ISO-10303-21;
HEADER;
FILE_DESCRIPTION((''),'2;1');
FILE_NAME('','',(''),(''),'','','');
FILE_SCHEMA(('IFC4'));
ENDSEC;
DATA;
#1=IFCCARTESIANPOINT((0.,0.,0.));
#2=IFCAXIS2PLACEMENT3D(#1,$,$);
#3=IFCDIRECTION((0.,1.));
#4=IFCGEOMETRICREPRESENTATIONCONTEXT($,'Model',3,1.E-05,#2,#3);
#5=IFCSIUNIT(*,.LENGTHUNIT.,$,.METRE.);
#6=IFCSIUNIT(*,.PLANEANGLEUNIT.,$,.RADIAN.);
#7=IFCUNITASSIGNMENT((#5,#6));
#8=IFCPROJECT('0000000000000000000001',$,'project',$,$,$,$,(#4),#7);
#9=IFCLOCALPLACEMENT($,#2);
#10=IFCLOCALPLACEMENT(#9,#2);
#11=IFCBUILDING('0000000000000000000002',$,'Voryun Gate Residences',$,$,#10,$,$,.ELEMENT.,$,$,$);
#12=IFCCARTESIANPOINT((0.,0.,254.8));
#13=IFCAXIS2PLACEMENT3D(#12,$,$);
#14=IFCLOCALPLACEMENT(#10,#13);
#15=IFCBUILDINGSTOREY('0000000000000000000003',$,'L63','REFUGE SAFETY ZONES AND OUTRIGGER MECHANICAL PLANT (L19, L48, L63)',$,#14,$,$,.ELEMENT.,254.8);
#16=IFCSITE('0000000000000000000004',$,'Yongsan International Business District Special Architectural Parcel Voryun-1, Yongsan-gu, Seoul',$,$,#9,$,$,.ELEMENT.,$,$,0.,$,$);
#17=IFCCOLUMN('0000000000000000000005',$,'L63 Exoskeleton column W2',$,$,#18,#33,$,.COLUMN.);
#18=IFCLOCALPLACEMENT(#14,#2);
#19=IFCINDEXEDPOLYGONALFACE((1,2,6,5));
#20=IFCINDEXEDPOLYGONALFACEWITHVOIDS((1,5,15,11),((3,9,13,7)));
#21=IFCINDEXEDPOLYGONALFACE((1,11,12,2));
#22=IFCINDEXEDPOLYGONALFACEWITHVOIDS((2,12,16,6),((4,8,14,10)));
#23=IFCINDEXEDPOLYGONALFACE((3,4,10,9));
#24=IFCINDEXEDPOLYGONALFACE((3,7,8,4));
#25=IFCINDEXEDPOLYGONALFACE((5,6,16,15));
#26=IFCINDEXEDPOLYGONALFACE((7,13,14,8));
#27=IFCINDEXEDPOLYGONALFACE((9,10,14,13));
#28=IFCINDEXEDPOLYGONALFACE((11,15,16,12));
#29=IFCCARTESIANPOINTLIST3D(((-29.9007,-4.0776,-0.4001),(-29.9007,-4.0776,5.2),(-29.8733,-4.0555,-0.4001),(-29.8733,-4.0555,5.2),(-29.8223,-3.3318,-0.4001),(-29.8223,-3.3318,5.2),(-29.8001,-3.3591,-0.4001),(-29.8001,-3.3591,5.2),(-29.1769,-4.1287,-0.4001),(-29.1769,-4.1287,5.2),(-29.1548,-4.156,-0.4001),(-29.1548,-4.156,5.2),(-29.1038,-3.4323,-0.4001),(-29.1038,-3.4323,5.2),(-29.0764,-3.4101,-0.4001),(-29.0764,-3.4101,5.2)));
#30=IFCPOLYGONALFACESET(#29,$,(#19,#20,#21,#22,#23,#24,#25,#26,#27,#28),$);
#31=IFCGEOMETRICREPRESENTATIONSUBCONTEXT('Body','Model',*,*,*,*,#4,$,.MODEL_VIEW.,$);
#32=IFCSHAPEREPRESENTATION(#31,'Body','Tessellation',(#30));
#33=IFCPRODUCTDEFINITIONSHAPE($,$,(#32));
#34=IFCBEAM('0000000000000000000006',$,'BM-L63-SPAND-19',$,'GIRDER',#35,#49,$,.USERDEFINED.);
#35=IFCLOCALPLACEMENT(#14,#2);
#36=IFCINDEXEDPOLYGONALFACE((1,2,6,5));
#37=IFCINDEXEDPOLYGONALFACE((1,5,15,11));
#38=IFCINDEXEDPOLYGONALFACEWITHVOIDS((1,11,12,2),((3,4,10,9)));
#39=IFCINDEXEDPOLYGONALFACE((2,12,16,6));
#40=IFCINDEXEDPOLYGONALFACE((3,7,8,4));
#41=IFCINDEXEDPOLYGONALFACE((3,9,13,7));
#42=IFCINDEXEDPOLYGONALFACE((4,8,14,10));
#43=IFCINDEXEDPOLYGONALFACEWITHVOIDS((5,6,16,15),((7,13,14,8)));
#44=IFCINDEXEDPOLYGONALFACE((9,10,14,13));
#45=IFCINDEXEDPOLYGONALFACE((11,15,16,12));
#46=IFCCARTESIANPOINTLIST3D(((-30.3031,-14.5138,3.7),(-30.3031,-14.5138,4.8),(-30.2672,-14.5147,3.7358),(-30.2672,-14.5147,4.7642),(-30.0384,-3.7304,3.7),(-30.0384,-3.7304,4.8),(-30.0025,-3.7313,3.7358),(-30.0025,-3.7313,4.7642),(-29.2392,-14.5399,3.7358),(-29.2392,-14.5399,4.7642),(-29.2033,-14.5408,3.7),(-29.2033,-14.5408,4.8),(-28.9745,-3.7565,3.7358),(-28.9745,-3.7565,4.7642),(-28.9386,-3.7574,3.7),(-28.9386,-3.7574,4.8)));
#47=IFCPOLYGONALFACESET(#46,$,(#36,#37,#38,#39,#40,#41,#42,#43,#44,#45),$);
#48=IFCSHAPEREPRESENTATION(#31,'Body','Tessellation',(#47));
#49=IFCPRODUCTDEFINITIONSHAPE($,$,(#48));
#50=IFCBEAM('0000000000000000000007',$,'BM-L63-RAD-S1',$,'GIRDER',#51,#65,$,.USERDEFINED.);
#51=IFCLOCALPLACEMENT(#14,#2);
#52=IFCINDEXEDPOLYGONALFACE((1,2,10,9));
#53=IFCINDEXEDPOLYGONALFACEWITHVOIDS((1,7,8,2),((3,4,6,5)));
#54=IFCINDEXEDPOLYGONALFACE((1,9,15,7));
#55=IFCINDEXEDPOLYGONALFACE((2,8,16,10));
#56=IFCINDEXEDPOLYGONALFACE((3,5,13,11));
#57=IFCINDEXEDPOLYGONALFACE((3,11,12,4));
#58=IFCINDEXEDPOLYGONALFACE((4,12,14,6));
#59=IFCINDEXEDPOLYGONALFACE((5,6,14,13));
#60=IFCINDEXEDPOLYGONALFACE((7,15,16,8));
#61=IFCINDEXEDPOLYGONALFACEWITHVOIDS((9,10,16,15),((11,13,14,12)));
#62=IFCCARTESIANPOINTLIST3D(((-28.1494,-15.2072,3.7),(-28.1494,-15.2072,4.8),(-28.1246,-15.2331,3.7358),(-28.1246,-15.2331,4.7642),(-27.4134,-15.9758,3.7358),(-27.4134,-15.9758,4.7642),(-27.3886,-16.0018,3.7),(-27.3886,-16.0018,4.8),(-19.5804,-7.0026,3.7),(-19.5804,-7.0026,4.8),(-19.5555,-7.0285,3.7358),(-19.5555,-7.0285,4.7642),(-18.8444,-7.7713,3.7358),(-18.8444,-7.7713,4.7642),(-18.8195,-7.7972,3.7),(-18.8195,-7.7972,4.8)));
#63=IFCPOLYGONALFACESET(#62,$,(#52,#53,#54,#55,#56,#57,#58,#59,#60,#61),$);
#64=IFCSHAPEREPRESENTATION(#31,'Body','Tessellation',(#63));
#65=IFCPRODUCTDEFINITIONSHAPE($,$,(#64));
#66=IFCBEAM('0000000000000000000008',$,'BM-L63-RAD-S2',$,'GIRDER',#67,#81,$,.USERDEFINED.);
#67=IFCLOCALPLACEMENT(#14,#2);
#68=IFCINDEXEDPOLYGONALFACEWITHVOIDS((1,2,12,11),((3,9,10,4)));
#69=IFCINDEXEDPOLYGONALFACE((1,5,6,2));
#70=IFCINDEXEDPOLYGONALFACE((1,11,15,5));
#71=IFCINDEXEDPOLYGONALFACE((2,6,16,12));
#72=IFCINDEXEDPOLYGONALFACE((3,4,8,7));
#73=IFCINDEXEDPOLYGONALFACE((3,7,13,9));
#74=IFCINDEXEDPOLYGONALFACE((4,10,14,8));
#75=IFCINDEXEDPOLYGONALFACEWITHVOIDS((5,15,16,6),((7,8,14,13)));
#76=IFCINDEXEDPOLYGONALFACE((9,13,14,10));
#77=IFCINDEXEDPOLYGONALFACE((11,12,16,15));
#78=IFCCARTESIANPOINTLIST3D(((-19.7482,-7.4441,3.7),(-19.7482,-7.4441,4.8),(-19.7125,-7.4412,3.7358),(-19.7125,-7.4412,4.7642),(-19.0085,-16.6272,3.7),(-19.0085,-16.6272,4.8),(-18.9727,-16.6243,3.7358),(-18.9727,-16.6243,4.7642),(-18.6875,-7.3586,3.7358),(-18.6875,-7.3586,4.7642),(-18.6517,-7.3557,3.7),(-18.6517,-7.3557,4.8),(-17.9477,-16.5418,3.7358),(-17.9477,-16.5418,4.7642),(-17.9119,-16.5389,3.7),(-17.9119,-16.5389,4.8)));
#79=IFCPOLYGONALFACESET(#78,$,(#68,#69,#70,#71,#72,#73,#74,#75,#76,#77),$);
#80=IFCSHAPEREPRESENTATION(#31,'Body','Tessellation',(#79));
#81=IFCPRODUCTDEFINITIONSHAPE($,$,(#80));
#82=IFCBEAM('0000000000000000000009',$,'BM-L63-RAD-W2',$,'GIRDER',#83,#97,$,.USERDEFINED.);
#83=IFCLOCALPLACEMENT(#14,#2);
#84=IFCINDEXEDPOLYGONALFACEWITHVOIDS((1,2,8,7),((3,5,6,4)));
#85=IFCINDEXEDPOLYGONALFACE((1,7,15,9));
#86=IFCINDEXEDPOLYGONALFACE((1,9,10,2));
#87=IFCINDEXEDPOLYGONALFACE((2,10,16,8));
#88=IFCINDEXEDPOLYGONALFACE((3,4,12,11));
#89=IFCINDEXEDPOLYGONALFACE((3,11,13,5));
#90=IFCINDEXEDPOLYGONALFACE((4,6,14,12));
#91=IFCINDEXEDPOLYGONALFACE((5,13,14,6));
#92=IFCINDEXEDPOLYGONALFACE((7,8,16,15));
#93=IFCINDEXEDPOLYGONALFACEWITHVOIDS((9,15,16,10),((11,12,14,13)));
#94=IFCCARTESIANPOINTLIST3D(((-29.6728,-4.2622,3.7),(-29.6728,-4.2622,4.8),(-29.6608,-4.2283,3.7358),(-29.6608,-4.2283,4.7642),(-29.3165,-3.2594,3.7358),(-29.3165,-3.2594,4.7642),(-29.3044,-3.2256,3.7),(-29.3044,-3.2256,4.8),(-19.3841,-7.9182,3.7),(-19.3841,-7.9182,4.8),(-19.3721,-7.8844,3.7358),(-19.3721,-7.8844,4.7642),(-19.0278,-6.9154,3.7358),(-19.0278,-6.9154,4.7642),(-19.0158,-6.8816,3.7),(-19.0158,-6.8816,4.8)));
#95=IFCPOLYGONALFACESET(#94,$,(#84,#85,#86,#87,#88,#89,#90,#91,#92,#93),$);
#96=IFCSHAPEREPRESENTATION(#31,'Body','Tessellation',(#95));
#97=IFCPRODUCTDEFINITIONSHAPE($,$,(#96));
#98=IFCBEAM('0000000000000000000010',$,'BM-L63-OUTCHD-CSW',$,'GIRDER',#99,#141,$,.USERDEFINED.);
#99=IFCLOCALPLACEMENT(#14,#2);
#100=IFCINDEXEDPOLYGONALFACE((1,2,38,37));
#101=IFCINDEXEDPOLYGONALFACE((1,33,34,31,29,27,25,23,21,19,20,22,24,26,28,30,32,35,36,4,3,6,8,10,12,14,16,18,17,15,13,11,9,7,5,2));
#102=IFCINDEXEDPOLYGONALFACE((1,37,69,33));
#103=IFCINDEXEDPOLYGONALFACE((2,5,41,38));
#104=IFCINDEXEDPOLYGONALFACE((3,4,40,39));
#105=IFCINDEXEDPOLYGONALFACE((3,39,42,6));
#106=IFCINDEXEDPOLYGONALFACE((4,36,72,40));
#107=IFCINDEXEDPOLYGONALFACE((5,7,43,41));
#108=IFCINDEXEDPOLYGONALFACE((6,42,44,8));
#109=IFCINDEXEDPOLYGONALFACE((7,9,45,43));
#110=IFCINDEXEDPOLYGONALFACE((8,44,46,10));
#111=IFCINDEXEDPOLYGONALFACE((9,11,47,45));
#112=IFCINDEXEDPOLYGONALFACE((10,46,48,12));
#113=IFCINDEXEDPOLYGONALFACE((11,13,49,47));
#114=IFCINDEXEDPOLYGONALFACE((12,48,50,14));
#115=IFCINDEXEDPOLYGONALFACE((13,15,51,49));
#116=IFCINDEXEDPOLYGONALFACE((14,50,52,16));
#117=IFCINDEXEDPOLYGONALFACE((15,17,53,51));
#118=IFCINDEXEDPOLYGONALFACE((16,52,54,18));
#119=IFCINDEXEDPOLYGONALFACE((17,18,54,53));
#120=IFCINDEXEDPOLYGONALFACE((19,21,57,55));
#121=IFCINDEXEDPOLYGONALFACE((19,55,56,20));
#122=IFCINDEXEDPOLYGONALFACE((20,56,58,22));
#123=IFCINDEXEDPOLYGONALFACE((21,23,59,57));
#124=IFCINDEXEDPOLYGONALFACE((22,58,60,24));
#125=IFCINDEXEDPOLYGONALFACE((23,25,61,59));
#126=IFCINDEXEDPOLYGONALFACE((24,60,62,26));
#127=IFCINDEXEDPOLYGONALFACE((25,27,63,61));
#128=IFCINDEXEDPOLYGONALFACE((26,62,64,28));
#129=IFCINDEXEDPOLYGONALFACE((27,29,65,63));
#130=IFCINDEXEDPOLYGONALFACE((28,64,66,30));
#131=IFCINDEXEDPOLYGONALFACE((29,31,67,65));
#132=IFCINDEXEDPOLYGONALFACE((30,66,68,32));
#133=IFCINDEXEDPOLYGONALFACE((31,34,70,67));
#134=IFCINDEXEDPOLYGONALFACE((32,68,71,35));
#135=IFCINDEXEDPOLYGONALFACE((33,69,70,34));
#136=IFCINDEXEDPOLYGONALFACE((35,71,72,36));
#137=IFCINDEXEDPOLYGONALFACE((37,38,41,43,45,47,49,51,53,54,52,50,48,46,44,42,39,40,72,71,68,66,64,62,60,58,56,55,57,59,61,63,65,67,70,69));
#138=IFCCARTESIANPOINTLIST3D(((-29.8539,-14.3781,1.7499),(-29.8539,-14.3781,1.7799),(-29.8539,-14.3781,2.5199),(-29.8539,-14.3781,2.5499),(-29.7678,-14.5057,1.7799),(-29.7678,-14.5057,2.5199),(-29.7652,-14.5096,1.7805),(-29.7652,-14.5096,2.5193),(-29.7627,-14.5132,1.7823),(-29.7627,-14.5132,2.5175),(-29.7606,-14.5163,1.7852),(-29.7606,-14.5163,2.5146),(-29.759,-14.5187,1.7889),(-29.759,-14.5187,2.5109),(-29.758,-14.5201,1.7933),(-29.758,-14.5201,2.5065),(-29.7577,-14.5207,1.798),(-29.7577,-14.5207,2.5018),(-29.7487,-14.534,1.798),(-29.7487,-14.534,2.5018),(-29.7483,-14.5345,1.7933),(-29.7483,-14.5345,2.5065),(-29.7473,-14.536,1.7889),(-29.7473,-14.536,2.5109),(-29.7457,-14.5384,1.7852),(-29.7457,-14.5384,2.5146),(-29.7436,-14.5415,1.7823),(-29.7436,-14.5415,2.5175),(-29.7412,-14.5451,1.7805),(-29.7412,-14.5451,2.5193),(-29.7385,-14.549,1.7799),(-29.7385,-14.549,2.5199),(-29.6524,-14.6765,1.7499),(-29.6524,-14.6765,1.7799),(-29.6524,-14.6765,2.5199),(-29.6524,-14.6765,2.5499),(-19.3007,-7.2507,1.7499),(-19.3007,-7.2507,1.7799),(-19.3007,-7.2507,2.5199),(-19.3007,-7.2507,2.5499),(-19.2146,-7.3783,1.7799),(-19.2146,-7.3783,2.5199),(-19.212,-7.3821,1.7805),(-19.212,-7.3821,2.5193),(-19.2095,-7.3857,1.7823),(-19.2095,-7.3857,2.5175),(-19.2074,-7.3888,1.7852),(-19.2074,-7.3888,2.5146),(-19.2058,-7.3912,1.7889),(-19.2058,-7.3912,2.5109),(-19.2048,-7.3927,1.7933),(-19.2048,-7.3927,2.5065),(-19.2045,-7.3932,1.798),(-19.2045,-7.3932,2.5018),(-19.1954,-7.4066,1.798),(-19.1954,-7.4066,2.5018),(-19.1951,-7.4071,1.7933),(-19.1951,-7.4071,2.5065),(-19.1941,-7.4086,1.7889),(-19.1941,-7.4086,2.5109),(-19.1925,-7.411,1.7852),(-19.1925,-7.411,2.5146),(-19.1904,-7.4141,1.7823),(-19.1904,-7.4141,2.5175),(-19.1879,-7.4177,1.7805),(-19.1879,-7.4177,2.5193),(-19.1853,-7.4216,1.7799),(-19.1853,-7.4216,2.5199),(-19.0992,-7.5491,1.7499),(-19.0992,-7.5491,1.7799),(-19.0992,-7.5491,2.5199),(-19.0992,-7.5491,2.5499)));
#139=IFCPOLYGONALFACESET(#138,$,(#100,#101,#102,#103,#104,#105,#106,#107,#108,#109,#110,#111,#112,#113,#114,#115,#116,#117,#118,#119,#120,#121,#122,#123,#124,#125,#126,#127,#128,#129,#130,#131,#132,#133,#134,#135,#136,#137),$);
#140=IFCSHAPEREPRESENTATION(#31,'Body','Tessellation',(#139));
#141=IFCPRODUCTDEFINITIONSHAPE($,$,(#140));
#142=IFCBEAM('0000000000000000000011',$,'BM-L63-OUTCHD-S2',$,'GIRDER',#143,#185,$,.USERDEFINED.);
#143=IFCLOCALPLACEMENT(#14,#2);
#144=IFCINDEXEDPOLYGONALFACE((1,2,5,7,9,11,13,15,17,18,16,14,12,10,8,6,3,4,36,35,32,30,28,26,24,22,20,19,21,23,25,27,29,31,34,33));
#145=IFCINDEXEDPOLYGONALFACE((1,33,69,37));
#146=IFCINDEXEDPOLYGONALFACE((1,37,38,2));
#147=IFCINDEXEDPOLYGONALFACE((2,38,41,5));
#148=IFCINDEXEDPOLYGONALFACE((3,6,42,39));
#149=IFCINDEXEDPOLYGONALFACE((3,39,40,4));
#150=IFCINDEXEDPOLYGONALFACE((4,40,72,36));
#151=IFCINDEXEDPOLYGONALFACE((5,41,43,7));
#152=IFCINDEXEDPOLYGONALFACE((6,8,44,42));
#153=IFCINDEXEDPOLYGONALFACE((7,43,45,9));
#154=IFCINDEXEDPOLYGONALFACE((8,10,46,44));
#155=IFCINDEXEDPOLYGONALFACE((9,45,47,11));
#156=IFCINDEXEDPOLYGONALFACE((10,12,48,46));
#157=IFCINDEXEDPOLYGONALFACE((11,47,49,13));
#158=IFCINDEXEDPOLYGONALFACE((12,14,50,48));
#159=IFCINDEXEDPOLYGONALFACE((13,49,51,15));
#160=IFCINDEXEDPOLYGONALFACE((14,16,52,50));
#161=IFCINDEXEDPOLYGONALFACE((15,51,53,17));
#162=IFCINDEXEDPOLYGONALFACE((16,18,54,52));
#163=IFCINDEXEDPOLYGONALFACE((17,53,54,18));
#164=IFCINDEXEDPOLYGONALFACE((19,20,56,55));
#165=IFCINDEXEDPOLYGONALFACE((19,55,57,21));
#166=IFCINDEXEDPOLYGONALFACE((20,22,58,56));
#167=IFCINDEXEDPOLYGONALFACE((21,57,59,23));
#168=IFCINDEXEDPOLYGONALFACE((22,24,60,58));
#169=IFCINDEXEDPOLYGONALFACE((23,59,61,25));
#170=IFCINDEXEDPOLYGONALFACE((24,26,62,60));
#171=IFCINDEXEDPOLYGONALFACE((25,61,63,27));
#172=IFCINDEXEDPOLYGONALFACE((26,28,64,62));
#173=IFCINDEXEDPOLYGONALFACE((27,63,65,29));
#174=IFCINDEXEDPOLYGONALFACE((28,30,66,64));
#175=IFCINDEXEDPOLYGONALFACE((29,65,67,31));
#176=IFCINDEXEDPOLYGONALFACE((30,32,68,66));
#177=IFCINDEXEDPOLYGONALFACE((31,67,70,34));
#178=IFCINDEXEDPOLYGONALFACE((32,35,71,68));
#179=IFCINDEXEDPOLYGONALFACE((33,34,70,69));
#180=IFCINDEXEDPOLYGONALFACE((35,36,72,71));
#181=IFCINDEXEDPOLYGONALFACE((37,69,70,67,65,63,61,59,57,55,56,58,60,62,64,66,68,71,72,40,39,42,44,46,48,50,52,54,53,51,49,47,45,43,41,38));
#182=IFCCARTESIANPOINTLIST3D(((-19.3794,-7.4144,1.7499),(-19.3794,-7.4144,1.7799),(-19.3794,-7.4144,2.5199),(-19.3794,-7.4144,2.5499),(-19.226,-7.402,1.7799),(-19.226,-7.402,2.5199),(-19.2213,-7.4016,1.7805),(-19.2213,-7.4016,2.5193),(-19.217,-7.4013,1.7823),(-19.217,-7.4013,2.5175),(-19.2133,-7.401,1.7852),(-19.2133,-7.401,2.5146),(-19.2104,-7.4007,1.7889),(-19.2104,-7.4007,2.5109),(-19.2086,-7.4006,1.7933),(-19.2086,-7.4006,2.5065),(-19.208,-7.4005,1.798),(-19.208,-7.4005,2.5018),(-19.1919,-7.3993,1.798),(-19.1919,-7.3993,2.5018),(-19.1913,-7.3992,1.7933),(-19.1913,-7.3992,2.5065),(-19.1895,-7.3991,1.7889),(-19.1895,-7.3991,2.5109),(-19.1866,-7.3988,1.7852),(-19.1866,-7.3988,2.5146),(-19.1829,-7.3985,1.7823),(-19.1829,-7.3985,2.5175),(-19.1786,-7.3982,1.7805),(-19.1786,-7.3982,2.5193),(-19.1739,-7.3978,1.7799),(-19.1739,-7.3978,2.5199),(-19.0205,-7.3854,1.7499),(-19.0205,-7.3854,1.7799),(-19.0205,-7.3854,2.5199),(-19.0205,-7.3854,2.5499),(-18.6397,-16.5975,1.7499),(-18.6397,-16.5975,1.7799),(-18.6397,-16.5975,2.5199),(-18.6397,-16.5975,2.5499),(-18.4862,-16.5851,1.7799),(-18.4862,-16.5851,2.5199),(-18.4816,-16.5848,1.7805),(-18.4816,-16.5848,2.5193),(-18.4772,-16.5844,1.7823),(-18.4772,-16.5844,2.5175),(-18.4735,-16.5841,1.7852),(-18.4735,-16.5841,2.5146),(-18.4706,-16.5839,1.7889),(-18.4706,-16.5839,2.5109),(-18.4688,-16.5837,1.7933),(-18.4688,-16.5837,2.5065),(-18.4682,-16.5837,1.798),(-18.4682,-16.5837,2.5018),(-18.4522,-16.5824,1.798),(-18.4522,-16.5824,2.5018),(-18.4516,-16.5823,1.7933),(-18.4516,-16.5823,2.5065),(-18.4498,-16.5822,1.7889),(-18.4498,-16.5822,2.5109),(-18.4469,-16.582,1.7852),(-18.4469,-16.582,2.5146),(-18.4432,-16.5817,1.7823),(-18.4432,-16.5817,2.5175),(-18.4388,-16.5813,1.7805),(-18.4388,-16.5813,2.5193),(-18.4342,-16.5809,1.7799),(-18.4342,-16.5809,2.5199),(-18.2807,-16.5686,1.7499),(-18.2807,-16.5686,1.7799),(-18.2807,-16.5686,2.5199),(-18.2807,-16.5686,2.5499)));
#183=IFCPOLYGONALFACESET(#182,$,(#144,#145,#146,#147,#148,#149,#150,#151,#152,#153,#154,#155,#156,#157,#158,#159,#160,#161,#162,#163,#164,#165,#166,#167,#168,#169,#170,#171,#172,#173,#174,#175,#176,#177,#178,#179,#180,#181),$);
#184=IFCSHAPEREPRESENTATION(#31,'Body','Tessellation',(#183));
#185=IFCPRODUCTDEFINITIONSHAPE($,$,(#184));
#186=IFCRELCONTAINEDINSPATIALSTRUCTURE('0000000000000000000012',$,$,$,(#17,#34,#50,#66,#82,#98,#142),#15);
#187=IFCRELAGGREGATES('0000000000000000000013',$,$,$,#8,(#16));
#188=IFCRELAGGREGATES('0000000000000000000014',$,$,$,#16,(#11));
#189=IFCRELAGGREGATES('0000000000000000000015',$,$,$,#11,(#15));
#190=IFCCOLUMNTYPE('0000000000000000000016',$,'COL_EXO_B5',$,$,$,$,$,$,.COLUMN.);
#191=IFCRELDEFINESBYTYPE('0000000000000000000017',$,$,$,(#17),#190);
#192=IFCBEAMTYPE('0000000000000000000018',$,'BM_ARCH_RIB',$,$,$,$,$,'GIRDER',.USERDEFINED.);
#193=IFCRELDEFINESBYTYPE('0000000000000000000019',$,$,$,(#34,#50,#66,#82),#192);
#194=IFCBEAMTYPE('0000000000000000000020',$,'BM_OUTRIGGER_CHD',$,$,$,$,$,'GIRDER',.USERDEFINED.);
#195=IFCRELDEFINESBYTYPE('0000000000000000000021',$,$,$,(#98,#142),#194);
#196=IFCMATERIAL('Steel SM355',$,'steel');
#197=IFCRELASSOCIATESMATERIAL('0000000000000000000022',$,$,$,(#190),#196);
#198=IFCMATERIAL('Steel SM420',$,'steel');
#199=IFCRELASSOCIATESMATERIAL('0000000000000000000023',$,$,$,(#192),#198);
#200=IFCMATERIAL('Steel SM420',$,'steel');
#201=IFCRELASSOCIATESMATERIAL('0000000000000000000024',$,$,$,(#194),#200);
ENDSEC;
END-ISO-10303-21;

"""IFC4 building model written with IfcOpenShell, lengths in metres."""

from ifc_helpers import new_model, si_unit, direction, frame, origin, origin_2d, place, context, subcontext, project, spatial, hollow_rectangle, i_section, extrude, material, material_profile, profile_set, type_object, element, save


model = new_model("IFC4")

# Units and contexts
model_context = context("Model", 3, precision=1e-05, world=origin(), true_north=direction((0.0, 1.0)))
body_context = subcontext(model_context, "Body", "Model", "MODEL_VIEW")
ifc_project = project(units=[si_unit("LENGTHUNIT", "METRE"), si_unit("PLANEANGLEUNIT", "RADIAN")], contexts=[model_context])

# Site, building, storey
site_placement = place(None, origin())
site = spatial("IfcSite", under=ifc_project, at=site_placement, Name="Yongsan International Business District Special Architectural Parcel Voryun-1, Yongsan-gu, Seoul", CompositionType="ELEMENT", RefElevation=0.0)
building_placement = place(site_placement, origin())
building = spatial("IfcBuilding", under=site, at=building_placement, Name="Voryun Gate Residences", CompositionType="ELEMENT")
storey_placement = place(building_placement, frame((0.0, 0.0, 254.8)))
storey = spatial("IfcBuildingStorey", under=building, at=storey_placement, Name="L63", Description="REFUGE SAFETY ZONES AND OUTRIGGER MECHANICAL PLANT (L19, L48, L63)", CompositionType="ELEMENT", Elevation=254.8)

# Column
ifc_material_1 = material(Name="Steel SM355", Category="steel")
ifc_material_profile_1 = material_profile(ifc_material_1, hollow_rectangle(XDim=0.75, YDim=0.75, WallThickness=0.0249, at=origin_2d()), Name="BOX-750x750x25")
ifc_profile_set_1 = profile_set([ifc_material_profile_1], Name="Steel SM355")
column_type = type_object("IfcColumnType", Name="COL_EXO_B5", PredefinedType="COLUMN", material=ifc_profile_set_1)
column_placement = place(storey_placement, frame((-29.4885, -3.7439, -0.4001), z_axis=(0.0, 0.0, 1.0), x_axis=(0.994522, -0.104528, 0.0)))
element("IfcColumn", 1, at=column_placement, inside=storey, type_object=column_type, Name="L63 Exoskeleton column W2", PredefinedType="COLUMN", context=body_context, shape_type="SweptSolid", body=[
    extrude(hollow_rectangle(XDim=0.75, YDim=0.75, WallThickness=0.0249, at=origin_2d()), origin(), (0.0, 0.0, 1.0), 5.6001),
])

# Beams
ifc_material_2 = material(Name="Steel SM420", Category="steel")
ifc_material_profile_2 = material_profile(ifc_material_2, hollow_rectangle(XDim=1.1001, YDim=1.1001, WallThickness=0.0359, at=origin_2d()), Name="BOX-1100x1100x36")
ifc_profile_set_2 = profile_set([ifc_material_profile_2], Name="Steel SM420")
beam_type_1 = type_object("IfcBeamType", Name="BM_ARCH_RIB", ElementType="GIRDER", PredefinedType="USERDEFINED", material=ifc_profile_set_2)
beam_1_placement = place(storey_placement, frame((-29.4885, -3.7439, 4.25), z_axis=(-0.024535, -0.999699, 0.0), x_axis=(0.999699, -0.024535, 0.0)))
element("IfcBeam", 2, at=beam_1_placement, inside=storey, type_object=beam_type_1, Name="BM-L63-SPAND-19", ObjectType="GIRDER", PredefinedType="USERDEFINED", context=body_context, shape_type="SweptSolid", body=[
    extrude(hollow_rectangle(XDim=1.1001, YDim=1.1001, WallThickness=0.0359, at=origin_2d()), origin(), (0.0, 0.0, 1.0), 10.7866),
])
beam_2_placement = place(storey_placement, frame((-19.2, -7.3999, 4.25), z_axis=(-0.722302, -0.691578, 0.0), x_axis=(0.691578, -0.722302, 0.0)))
element("IfcBeam", 3, at=beam_2_placement, inside=storey, type_object=beam_type_1, Name="BM-L63-RAD-S1", ObjectType="GIRDER", PredefinedType="USERDEFINED", context=body_context, shape_type="SweptSolid", body=[
    extrude(hollow_rectangle(XDim=1.1001, YDim=1.1001, WallThickness=0.0359, at=origin_2d()), origin(), (0.0, 0.0, 1.0), 11.8635),
])
beam_3_placement = place(storey_placement, frame((-19.2, -7.3999, 4.25), z_axis=(0.080295, -0.996771, 0.0), x_axis=(0.996771, 0.080295, 0.0)))
element("IfcBeam", 4, at=beam_3_placement, inside=storey, type_object=beam_type_1, Name="BM-L63-RAD-S2", ObjectType="GIRDER", PredefinedType="USERDEFINED", context=body_context, shape_type="SweptSolid", body=[
    extrude(hollow_rectangle(XDim=1.1001, YDim=1.1001, WallThickness=0.0359, at=origin_2d()), origin(), (0.0, 0.0, 1.0), 9.2129),
])
beam_4_placement = place(storey_placement, frame((-19.2, -7.3999, 4.25), z_axis=(-0.942277, 0.334835, 0.0), x_axis=(-0.334835, -0.942277, 0.0)))
element("IfcBeam", 5, at=beam_4_placement, inside=storey, type_object=beam_type_1, Name="BM-L63-RAD-W2", ObjectType="GIRDER", PredefinedType="USERDEFINED", context=body_context, shape_type="SweptSolid", body=[
    extrude(hollow_rectangle(XDim=1.1001, YDim=1.1001, WallThickness=0.0359, at=origin_2d()), origin(), (0.0, 0.0, 1.0), 10.9189),
])
ifc_material_3 = material(Name="Steel SM420", Category="steel")
ifc_material_profile_3 = material_profile(ifc_material_3, i_section(OverallWidth=0.3601, OverallDepth=0.8, WebThickness=0.0161, FlangeThickness=0.03, FilletRadius=0.0181, at=origin_2d()), Name="H-800x360x16x30")
ifc_profile_set_3 = profile_set([ifc_material_profile_3], Name="Steel SM420")
beam_type_2 = type_object("IfcBeamType", Name="BM_OUTRIGGER_CHD", ElementType="GIRDER", PredefinedType="USERDEFINED", material=ifc_profile_set_3)
beam_5_placement = place(storey_placement, frame((-19.2, -7.3999, 2.1499), z_axis=(-0.828702, -0.559689, 0.0), x_axis=(0.559689, -0.828702, 0.0)))
element("IfcBeam", 6, at=beam_5_placement, inside=storey, type_object=beam_type_2, Name="BM-L63-OUTCHD-CSW", ObjectType="GIRDER", PredefinedType="USERDEFINED", context=body_context, shape_type="SweptSolid", body=[
    extrude(i_section(OverallWidth=0.3601, OverallDepth=0.8, WebThickness=0.0161, FlangeThickness=0.03, FilletRadius=0.0181, at=origin_2d()), origin(), (0.0, 0.0, 1.0), 12.7346),
])
beam_6_placement = place(storey_placement, frame((-19.2, -7.3999, 2.1499), z_axis=(0.080295, -0.996771, 0.0), x_axis=(0.996771, 0.080295, 0.0)))
element("IfcBeam", 7, at=beam_6_placement, inside=storey, type_object=beam_type_2, Name="BM-L63-OUTCHD-S2", ObjectType="GIRDER", PredefinedType="USERDEFINED", context=body_context, shape_type="SweptSolid", body=[
    extrude(i_section(OverallWidth=0.3601, OverallDepth=0.8, WebThickness=0.0161, FlangeThickness=0.03, FilletRadius=0.0181, at=origin_2d()), origin(), (0.0, 0.0, 1.0), 9.2129),
])

save(model, "model.ifc")
